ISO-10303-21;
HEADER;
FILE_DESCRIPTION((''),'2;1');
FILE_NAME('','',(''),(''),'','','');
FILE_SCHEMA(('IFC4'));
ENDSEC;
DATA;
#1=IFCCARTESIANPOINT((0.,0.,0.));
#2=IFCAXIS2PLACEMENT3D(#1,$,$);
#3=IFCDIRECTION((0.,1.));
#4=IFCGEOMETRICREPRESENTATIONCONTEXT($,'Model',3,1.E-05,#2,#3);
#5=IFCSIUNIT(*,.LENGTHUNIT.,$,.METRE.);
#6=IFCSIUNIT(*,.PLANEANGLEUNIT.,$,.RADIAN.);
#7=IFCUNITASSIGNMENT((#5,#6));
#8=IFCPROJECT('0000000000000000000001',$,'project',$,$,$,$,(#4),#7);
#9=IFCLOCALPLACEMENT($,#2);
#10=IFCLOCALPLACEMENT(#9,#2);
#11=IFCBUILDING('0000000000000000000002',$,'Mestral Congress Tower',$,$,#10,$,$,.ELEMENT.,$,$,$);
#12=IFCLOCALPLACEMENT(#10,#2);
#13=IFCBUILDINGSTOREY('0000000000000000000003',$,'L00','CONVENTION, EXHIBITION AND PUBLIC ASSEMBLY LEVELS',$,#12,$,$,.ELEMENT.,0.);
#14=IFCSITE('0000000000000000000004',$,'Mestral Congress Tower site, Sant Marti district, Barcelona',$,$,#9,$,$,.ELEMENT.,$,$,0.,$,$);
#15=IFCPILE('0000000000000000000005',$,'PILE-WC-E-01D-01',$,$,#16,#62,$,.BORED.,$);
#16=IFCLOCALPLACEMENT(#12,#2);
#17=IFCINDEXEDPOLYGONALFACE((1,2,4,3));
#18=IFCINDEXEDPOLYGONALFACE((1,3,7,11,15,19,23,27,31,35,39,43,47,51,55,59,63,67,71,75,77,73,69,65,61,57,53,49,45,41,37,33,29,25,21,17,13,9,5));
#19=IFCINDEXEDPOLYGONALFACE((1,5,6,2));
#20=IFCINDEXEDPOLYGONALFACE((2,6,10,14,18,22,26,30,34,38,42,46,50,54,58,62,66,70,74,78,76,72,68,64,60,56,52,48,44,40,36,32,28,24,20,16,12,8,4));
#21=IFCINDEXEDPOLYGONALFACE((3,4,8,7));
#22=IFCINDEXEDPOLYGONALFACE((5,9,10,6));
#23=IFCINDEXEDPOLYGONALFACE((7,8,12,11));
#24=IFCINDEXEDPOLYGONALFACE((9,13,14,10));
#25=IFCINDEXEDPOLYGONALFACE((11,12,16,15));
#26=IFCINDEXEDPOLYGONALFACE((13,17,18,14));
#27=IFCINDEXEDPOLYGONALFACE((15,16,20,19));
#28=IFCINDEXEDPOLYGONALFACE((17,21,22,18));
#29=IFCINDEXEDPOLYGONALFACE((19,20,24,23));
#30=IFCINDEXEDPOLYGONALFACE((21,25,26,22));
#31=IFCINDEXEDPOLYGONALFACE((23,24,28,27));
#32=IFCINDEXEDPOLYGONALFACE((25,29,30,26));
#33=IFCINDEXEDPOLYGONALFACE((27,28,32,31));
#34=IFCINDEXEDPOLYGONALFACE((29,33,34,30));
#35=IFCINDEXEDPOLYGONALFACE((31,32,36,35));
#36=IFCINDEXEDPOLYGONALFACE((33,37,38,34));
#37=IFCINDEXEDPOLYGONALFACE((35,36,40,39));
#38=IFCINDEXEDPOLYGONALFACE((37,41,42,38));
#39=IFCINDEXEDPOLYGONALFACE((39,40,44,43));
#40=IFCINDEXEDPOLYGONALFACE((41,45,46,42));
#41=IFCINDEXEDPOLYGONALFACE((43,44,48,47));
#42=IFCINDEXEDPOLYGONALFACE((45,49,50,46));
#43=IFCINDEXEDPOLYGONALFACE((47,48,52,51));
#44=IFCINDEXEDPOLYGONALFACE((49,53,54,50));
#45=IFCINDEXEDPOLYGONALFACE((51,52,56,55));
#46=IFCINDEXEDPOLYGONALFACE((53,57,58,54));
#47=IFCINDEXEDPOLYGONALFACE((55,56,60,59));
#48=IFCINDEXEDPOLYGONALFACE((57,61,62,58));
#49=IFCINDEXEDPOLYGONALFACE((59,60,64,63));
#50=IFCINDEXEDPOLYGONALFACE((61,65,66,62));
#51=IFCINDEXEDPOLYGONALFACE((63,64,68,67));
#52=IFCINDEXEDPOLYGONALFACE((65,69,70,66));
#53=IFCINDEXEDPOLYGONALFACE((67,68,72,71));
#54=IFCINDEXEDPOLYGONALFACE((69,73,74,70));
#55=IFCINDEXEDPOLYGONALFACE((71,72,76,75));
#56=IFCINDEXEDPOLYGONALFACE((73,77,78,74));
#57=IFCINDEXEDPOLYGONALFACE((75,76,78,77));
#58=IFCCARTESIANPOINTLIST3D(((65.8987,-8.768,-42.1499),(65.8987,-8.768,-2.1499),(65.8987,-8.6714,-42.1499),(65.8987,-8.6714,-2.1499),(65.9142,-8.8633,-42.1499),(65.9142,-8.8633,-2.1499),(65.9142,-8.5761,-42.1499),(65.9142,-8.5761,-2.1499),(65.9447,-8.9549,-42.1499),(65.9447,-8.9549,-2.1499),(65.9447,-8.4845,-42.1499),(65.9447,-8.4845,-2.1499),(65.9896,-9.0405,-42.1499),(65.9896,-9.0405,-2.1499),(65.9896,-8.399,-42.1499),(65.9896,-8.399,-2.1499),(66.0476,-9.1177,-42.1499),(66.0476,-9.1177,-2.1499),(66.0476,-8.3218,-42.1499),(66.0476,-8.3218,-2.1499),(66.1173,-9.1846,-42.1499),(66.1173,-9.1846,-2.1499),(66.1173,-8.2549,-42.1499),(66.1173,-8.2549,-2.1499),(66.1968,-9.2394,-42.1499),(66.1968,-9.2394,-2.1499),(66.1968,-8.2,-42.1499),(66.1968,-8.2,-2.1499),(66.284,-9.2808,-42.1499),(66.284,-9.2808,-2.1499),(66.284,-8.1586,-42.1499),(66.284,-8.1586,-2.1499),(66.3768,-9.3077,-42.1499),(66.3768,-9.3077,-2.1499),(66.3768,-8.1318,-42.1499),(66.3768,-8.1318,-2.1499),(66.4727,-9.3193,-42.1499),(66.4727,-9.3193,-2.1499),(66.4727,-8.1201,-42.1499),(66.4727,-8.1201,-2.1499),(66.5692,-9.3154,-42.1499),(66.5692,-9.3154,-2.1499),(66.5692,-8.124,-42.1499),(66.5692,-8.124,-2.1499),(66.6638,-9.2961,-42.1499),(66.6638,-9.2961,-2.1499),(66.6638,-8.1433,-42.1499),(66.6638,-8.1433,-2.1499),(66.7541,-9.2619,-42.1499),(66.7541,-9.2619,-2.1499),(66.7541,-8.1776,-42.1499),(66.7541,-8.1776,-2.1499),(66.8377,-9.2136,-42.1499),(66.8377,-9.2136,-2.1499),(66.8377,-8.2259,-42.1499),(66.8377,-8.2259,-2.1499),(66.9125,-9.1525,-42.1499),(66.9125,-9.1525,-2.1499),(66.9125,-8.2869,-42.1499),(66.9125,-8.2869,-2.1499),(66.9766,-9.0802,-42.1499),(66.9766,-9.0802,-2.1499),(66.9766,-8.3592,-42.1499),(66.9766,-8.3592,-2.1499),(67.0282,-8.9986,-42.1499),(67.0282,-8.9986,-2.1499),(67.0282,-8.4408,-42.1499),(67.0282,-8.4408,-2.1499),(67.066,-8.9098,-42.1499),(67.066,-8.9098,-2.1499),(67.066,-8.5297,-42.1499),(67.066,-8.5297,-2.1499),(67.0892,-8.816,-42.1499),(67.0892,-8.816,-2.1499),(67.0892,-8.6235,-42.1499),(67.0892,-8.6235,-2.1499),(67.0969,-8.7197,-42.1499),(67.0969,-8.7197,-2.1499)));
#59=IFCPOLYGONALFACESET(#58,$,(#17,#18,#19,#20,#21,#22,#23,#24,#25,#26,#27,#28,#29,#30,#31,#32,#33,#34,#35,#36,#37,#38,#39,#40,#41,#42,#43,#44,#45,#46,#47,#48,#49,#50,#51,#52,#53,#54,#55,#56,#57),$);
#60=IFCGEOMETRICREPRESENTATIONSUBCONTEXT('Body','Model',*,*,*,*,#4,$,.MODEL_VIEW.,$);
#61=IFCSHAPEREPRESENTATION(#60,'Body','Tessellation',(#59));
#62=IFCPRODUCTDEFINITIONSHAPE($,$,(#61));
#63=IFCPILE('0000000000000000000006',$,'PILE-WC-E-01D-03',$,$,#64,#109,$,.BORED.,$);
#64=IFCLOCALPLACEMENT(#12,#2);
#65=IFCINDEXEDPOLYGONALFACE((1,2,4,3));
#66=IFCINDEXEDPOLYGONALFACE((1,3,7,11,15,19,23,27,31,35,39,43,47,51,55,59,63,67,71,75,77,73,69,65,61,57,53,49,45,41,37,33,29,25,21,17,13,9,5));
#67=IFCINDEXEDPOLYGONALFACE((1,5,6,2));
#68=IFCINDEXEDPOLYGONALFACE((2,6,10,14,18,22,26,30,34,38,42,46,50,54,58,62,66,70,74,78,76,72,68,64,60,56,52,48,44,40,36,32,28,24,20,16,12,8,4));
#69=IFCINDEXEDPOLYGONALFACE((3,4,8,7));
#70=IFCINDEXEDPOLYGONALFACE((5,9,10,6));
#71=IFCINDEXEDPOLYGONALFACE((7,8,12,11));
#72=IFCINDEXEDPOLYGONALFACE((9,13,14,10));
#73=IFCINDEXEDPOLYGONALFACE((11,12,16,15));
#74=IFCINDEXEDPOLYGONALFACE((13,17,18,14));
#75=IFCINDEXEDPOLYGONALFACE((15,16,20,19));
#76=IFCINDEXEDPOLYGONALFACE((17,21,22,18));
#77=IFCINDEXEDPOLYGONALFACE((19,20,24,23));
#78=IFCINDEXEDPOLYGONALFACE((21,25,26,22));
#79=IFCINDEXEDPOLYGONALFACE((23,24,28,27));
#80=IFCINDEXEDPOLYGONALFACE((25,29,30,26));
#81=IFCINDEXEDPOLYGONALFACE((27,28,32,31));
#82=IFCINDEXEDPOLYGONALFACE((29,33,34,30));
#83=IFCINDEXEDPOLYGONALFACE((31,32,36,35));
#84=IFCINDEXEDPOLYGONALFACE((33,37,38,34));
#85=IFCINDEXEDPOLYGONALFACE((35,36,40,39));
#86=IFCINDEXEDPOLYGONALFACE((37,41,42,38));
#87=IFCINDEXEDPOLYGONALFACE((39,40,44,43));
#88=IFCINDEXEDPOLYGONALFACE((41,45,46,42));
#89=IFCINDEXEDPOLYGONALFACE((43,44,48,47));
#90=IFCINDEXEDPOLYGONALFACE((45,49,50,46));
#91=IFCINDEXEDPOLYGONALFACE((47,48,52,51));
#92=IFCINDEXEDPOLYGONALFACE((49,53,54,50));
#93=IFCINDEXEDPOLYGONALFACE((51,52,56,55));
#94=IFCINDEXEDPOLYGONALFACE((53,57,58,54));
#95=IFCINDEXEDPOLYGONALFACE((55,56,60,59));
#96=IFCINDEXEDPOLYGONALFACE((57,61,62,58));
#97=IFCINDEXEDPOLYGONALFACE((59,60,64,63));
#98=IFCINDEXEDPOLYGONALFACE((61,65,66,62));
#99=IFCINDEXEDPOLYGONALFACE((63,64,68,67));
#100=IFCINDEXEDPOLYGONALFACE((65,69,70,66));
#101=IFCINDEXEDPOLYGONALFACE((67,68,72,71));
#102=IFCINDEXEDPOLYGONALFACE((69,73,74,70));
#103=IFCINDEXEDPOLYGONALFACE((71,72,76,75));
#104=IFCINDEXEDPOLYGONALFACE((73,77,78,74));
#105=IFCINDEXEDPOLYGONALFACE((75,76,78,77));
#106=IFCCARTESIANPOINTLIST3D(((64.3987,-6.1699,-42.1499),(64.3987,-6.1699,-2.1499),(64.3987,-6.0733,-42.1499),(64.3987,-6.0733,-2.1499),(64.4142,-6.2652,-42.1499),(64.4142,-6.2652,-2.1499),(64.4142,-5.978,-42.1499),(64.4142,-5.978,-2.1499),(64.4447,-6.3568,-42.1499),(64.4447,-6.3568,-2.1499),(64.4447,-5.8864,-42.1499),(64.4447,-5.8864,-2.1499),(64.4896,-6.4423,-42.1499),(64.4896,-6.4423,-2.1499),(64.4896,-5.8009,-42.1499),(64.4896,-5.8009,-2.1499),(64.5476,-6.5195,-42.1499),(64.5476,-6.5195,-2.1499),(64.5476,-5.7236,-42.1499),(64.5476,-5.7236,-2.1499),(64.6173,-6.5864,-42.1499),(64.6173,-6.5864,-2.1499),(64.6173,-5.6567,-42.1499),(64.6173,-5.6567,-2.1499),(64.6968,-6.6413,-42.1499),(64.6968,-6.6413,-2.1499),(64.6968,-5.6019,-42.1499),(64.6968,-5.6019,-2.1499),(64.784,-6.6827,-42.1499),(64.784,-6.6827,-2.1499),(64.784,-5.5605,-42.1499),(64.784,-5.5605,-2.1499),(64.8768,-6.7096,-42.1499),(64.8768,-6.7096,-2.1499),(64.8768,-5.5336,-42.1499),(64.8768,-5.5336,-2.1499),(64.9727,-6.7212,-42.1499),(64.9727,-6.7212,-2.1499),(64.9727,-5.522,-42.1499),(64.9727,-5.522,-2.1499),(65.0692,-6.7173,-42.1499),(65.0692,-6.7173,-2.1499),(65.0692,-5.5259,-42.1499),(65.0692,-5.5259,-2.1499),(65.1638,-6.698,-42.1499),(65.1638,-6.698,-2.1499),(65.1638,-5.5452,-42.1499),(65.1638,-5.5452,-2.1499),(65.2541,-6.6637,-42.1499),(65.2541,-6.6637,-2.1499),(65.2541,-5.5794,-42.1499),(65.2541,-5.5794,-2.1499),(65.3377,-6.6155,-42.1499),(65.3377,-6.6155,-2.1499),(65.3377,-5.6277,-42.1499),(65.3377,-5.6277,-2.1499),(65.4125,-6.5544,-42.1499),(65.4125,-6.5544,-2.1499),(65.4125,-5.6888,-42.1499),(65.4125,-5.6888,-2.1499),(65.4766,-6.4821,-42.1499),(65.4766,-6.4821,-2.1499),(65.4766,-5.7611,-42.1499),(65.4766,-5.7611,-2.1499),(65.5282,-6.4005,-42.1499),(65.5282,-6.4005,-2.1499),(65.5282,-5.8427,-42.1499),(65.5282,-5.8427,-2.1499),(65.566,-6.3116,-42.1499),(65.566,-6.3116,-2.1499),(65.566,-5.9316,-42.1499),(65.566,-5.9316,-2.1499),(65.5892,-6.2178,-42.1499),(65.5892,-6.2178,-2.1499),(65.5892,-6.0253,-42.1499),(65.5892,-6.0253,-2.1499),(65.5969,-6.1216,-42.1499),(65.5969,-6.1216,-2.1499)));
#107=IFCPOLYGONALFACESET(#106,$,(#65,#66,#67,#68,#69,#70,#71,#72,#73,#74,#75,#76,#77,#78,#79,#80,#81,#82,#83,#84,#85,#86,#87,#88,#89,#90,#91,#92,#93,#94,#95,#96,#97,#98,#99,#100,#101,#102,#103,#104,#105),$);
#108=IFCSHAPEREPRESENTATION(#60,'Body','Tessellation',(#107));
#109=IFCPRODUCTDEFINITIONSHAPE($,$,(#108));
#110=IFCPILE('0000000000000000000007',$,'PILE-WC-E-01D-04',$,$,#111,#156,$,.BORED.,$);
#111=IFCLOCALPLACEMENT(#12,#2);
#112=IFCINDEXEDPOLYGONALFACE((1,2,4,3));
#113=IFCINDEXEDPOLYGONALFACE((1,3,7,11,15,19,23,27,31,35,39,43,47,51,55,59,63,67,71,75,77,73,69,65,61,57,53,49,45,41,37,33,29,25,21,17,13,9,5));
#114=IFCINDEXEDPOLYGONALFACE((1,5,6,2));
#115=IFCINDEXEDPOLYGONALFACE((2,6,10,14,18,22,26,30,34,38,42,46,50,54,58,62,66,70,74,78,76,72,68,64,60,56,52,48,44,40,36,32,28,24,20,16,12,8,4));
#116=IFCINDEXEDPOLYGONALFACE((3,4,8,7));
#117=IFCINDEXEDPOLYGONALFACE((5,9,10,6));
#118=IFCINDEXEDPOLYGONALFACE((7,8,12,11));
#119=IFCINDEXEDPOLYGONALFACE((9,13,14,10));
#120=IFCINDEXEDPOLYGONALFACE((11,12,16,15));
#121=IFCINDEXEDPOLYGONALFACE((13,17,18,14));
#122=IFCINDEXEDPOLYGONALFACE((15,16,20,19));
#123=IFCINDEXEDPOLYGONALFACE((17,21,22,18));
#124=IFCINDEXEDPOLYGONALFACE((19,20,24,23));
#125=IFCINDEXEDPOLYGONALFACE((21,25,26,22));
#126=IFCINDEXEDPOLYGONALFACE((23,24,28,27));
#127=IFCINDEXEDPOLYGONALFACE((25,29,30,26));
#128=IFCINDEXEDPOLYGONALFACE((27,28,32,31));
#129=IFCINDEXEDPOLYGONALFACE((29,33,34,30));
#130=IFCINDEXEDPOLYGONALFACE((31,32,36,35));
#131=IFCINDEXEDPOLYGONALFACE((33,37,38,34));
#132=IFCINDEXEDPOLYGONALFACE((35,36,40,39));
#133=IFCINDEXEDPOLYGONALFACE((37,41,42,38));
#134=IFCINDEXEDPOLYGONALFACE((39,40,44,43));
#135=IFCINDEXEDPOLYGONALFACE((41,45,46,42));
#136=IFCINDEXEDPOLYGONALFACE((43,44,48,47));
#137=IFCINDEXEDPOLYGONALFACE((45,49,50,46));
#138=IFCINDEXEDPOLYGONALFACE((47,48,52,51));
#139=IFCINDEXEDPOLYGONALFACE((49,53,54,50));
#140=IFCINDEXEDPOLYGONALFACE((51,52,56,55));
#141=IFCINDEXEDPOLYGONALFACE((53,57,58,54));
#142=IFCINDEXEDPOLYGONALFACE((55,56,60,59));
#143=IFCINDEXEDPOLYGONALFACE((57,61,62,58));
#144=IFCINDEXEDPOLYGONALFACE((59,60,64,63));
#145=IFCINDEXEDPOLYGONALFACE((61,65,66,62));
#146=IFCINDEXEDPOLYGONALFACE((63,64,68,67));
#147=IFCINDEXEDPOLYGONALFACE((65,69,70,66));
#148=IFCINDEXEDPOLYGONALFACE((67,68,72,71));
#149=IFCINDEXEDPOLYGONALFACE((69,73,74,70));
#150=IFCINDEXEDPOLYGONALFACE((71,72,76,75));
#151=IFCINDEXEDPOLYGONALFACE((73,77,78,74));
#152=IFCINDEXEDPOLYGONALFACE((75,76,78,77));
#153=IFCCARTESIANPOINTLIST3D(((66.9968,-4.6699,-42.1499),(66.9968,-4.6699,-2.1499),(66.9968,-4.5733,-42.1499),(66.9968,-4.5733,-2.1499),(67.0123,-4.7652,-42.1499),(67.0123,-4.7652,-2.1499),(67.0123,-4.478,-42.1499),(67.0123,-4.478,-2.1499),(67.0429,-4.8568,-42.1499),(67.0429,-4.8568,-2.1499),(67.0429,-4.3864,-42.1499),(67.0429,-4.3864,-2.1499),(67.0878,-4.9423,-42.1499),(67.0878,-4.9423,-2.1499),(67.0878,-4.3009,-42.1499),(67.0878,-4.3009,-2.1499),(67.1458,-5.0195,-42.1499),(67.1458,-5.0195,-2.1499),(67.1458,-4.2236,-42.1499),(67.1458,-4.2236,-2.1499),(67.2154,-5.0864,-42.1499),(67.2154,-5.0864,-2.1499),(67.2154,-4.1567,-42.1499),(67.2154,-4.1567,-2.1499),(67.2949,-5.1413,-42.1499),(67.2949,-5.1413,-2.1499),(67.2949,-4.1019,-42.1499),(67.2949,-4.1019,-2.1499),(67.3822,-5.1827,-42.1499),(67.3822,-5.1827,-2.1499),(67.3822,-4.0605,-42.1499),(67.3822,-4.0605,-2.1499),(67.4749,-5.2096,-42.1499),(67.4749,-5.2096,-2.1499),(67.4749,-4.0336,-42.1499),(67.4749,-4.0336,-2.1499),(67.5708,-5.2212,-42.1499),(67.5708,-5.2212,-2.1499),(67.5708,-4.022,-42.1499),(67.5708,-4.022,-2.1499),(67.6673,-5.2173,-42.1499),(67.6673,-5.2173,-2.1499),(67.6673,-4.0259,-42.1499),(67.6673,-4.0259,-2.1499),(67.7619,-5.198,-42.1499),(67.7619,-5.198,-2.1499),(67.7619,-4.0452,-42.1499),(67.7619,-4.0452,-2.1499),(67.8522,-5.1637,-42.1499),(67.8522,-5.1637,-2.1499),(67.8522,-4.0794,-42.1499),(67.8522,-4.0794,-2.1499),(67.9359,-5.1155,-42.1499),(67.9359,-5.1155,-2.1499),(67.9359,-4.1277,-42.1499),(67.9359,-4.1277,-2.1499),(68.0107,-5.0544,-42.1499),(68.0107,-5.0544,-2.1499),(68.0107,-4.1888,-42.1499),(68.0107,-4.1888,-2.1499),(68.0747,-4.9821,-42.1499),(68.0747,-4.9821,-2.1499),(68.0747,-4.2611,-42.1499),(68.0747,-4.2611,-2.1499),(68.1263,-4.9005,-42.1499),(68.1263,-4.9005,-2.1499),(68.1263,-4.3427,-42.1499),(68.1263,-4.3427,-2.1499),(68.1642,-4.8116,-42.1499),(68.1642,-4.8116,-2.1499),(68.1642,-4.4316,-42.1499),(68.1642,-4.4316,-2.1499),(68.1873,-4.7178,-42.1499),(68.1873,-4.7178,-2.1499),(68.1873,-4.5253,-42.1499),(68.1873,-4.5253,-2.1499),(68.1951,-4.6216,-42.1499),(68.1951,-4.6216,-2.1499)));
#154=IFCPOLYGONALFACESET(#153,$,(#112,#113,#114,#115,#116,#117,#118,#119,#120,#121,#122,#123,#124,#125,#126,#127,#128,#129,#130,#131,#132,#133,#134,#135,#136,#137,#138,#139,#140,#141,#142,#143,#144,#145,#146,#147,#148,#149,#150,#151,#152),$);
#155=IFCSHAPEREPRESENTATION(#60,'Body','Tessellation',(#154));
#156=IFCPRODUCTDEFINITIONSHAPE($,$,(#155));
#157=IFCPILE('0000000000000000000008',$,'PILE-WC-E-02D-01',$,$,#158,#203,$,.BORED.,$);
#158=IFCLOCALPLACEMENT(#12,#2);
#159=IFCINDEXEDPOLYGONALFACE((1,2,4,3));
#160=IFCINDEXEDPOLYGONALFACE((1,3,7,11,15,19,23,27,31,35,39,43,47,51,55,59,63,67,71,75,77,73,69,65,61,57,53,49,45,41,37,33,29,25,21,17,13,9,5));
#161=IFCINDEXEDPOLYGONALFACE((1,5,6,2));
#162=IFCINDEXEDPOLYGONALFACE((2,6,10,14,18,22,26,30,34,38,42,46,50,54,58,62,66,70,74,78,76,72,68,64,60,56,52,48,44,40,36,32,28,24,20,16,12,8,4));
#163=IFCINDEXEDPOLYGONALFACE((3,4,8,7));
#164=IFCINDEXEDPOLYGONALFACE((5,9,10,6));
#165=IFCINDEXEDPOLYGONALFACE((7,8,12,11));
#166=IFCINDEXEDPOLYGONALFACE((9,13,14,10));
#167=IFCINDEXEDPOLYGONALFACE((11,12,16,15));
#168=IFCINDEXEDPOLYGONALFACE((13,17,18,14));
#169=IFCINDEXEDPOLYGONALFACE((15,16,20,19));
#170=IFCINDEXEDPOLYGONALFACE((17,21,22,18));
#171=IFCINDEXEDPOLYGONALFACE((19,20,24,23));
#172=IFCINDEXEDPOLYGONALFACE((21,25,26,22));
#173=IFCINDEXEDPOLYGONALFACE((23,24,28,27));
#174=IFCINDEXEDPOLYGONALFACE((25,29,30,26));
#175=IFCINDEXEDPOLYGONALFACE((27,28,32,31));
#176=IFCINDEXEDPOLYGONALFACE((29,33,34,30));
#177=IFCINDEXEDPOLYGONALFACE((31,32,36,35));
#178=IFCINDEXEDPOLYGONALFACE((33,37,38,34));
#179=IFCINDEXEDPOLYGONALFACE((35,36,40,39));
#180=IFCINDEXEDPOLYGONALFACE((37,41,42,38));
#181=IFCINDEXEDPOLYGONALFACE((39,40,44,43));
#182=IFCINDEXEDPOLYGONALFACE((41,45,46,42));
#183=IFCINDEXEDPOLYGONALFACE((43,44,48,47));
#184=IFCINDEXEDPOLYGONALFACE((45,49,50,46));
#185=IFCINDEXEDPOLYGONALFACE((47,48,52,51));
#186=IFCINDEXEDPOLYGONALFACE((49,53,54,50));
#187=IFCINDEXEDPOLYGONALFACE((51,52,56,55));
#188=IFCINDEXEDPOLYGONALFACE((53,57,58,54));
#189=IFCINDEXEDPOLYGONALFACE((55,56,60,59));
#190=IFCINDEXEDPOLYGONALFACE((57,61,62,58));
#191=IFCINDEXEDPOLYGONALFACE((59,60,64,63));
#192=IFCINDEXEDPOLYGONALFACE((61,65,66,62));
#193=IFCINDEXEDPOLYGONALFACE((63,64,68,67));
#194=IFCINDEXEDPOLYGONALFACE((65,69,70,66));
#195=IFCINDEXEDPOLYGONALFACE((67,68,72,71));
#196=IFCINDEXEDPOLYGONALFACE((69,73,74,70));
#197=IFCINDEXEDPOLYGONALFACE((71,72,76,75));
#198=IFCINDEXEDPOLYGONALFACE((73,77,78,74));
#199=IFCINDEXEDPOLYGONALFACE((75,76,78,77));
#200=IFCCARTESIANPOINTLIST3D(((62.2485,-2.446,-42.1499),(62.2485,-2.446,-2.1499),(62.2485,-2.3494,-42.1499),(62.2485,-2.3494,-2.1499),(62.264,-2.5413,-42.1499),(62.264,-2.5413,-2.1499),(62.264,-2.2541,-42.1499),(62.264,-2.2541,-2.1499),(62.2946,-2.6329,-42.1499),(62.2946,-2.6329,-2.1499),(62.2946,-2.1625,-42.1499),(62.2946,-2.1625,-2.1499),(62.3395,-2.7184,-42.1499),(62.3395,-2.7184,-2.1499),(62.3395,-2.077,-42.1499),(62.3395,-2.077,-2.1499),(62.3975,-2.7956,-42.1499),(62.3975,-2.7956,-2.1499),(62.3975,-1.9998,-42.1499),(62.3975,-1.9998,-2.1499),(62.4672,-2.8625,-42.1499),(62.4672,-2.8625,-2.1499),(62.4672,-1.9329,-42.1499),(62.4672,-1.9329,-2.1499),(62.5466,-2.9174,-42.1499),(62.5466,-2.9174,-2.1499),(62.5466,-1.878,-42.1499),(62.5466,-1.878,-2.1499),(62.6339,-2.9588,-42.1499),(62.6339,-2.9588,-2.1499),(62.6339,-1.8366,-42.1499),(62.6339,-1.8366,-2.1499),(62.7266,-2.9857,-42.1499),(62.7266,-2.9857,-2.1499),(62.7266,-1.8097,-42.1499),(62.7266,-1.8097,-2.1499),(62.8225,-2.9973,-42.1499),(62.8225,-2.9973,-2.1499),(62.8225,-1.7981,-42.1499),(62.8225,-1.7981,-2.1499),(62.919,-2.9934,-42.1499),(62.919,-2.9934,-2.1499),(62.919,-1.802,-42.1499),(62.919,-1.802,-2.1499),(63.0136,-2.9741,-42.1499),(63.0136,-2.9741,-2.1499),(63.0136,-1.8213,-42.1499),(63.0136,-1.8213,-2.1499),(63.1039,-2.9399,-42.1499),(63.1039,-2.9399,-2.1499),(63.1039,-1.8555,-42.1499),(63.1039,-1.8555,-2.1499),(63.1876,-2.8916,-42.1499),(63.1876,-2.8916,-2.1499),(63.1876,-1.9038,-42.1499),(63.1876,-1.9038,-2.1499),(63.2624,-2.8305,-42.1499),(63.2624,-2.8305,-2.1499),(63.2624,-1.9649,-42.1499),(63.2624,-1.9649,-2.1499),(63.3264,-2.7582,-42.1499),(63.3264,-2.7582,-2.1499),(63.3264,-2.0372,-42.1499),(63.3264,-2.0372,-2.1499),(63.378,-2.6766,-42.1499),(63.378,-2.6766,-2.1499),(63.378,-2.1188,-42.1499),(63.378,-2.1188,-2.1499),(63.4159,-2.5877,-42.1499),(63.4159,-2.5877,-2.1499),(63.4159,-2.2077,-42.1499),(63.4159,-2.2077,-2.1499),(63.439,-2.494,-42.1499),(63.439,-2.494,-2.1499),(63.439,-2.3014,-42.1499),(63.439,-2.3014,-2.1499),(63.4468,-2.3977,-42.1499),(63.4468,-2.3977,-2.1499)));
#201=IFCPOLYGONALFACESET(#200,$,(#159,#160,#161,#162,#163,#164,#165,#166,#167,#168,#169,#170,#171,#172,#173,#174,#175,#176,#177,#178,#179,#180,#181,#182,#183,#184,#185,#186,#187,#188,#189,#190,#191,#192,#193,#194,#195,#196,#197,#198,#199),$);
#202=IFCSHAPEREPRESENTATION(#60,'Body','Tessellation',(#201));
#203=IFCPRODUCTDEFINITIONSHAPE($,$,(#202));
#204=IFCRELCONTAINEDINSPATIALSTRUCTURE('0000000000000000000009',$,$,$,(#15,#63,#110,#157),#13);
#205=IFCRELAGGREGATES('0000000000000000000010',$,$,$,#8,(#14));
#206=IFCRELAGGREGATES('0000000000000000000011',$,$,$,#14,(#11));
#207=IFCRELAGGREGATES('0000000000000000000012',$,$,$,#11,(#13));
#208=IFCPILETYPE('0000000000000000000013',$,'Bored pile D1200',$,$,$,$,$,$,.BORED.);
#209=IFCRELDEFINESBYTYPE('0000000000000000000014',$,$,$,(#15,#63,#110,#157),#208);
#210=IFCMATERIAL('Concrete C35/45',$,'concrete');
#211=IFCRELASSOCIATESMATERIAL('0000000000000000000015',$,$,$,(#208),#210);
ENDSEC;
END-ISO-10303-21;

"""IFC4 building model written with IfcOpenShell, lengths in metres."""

from ifc_helpers import new_model, si_unit, direction, frame, origin, origin_2d, place, context, subcontext, project, spatial, circle, extrude, material, material_profile, profile_set, type_object, element, save


model = new_model("IFC4")

# Units and contexts
model_context = context("Model", 3, precision=1e-05, world=origin(), true_north=direction((0.0, 1.0)))
body_context = subcontext(model_context, "Body", "Model", "MODEL_VIEW")
ifc_project = project(units=[si_unit("LENGTHUNIT", "METRE"), si_unit("PLANEANGLEUNIT", "RADIAN")], contexts=[model_context])

# Site, building, storey
site_placement = place(None, origin())
site = spatial("IfcSite", under=ifc_project, at=site_placement, Name="Mestral Congress Tower site, Sant Marti district, Barcelona", CompositionType="ELEMENT", RefElevation=0.0)
building_placement = place(site_placement, origin())
building = spatial("IfcBuilding", under=site, at=building_placement, Name="Mestral Congress Tower", CompositionType="ELEMENT")
storey_placement = place(building_placement, origin())
storey = spatial("IfcBuildingStorey", under=building, at=storey_placement, Name="L00", Description="CONVENTION, EXHIBITION AND PUBLIC ASSEMBLY LEVELS", CompositionType="ELEMENT", Elevation=0.0)

# Piles
ifc_material_1 = material(Name="Concrete C35/45", Category="concrete")
ifc_material_profile_1 = material_profile(ifc_material_1, circle(Radius=0.6001, at=origin_2d()), Name="D1200")
ifc_profile_set_1 = profile_set([ifc_material_profile_1], Name="Concrete C35/45")
pile_type = type_object("IfcPileType", Name="Bored pile D1200", PredefinedType="BORED", material=ifc_profile_set_1)
for number, where, z_axis, x_axis, name in (
    (1, (66.4968, -8.7197, -2.1499), (0.0, 0.0, -1.0), (1.0, 0.0, 0.0), "PILE-WC-E-01D-01"),
    (2, (64.9968, -6.1216, -2.1499), (0.0, 0.0, -1.0), (1.0, 0.0, 0.0), "PILE-WC-E-01D-03"),
    (3, (67.595, -4.6216, -2.1499), (0.0, 0.0, -1.0), (1.0, 0.0, 0.0), "PILE-WC-E-01D-04"),
    (4, (62.8467, -2.3977, -2.1499), (0.0, 0.0, -1.0), (1.0, 0.0, 0.0), "PILE-WC-E-02D-01"),
):
    element("IfcPile", number, at=place(storey_placement, frame(where, z_axis=z_axis, x_axis=x_axis)), inside=storey, type_object=pile_type, Name=name, PredefinedType="BORED", context=body_context, shape_type="SweptSolid", body=[
        extrude(circle(Radius=0.6001, at=origin_2d()), origin(), (0.0, 0.0, 1.0), 40.0),
    ])

save(model, "model.ifc")
